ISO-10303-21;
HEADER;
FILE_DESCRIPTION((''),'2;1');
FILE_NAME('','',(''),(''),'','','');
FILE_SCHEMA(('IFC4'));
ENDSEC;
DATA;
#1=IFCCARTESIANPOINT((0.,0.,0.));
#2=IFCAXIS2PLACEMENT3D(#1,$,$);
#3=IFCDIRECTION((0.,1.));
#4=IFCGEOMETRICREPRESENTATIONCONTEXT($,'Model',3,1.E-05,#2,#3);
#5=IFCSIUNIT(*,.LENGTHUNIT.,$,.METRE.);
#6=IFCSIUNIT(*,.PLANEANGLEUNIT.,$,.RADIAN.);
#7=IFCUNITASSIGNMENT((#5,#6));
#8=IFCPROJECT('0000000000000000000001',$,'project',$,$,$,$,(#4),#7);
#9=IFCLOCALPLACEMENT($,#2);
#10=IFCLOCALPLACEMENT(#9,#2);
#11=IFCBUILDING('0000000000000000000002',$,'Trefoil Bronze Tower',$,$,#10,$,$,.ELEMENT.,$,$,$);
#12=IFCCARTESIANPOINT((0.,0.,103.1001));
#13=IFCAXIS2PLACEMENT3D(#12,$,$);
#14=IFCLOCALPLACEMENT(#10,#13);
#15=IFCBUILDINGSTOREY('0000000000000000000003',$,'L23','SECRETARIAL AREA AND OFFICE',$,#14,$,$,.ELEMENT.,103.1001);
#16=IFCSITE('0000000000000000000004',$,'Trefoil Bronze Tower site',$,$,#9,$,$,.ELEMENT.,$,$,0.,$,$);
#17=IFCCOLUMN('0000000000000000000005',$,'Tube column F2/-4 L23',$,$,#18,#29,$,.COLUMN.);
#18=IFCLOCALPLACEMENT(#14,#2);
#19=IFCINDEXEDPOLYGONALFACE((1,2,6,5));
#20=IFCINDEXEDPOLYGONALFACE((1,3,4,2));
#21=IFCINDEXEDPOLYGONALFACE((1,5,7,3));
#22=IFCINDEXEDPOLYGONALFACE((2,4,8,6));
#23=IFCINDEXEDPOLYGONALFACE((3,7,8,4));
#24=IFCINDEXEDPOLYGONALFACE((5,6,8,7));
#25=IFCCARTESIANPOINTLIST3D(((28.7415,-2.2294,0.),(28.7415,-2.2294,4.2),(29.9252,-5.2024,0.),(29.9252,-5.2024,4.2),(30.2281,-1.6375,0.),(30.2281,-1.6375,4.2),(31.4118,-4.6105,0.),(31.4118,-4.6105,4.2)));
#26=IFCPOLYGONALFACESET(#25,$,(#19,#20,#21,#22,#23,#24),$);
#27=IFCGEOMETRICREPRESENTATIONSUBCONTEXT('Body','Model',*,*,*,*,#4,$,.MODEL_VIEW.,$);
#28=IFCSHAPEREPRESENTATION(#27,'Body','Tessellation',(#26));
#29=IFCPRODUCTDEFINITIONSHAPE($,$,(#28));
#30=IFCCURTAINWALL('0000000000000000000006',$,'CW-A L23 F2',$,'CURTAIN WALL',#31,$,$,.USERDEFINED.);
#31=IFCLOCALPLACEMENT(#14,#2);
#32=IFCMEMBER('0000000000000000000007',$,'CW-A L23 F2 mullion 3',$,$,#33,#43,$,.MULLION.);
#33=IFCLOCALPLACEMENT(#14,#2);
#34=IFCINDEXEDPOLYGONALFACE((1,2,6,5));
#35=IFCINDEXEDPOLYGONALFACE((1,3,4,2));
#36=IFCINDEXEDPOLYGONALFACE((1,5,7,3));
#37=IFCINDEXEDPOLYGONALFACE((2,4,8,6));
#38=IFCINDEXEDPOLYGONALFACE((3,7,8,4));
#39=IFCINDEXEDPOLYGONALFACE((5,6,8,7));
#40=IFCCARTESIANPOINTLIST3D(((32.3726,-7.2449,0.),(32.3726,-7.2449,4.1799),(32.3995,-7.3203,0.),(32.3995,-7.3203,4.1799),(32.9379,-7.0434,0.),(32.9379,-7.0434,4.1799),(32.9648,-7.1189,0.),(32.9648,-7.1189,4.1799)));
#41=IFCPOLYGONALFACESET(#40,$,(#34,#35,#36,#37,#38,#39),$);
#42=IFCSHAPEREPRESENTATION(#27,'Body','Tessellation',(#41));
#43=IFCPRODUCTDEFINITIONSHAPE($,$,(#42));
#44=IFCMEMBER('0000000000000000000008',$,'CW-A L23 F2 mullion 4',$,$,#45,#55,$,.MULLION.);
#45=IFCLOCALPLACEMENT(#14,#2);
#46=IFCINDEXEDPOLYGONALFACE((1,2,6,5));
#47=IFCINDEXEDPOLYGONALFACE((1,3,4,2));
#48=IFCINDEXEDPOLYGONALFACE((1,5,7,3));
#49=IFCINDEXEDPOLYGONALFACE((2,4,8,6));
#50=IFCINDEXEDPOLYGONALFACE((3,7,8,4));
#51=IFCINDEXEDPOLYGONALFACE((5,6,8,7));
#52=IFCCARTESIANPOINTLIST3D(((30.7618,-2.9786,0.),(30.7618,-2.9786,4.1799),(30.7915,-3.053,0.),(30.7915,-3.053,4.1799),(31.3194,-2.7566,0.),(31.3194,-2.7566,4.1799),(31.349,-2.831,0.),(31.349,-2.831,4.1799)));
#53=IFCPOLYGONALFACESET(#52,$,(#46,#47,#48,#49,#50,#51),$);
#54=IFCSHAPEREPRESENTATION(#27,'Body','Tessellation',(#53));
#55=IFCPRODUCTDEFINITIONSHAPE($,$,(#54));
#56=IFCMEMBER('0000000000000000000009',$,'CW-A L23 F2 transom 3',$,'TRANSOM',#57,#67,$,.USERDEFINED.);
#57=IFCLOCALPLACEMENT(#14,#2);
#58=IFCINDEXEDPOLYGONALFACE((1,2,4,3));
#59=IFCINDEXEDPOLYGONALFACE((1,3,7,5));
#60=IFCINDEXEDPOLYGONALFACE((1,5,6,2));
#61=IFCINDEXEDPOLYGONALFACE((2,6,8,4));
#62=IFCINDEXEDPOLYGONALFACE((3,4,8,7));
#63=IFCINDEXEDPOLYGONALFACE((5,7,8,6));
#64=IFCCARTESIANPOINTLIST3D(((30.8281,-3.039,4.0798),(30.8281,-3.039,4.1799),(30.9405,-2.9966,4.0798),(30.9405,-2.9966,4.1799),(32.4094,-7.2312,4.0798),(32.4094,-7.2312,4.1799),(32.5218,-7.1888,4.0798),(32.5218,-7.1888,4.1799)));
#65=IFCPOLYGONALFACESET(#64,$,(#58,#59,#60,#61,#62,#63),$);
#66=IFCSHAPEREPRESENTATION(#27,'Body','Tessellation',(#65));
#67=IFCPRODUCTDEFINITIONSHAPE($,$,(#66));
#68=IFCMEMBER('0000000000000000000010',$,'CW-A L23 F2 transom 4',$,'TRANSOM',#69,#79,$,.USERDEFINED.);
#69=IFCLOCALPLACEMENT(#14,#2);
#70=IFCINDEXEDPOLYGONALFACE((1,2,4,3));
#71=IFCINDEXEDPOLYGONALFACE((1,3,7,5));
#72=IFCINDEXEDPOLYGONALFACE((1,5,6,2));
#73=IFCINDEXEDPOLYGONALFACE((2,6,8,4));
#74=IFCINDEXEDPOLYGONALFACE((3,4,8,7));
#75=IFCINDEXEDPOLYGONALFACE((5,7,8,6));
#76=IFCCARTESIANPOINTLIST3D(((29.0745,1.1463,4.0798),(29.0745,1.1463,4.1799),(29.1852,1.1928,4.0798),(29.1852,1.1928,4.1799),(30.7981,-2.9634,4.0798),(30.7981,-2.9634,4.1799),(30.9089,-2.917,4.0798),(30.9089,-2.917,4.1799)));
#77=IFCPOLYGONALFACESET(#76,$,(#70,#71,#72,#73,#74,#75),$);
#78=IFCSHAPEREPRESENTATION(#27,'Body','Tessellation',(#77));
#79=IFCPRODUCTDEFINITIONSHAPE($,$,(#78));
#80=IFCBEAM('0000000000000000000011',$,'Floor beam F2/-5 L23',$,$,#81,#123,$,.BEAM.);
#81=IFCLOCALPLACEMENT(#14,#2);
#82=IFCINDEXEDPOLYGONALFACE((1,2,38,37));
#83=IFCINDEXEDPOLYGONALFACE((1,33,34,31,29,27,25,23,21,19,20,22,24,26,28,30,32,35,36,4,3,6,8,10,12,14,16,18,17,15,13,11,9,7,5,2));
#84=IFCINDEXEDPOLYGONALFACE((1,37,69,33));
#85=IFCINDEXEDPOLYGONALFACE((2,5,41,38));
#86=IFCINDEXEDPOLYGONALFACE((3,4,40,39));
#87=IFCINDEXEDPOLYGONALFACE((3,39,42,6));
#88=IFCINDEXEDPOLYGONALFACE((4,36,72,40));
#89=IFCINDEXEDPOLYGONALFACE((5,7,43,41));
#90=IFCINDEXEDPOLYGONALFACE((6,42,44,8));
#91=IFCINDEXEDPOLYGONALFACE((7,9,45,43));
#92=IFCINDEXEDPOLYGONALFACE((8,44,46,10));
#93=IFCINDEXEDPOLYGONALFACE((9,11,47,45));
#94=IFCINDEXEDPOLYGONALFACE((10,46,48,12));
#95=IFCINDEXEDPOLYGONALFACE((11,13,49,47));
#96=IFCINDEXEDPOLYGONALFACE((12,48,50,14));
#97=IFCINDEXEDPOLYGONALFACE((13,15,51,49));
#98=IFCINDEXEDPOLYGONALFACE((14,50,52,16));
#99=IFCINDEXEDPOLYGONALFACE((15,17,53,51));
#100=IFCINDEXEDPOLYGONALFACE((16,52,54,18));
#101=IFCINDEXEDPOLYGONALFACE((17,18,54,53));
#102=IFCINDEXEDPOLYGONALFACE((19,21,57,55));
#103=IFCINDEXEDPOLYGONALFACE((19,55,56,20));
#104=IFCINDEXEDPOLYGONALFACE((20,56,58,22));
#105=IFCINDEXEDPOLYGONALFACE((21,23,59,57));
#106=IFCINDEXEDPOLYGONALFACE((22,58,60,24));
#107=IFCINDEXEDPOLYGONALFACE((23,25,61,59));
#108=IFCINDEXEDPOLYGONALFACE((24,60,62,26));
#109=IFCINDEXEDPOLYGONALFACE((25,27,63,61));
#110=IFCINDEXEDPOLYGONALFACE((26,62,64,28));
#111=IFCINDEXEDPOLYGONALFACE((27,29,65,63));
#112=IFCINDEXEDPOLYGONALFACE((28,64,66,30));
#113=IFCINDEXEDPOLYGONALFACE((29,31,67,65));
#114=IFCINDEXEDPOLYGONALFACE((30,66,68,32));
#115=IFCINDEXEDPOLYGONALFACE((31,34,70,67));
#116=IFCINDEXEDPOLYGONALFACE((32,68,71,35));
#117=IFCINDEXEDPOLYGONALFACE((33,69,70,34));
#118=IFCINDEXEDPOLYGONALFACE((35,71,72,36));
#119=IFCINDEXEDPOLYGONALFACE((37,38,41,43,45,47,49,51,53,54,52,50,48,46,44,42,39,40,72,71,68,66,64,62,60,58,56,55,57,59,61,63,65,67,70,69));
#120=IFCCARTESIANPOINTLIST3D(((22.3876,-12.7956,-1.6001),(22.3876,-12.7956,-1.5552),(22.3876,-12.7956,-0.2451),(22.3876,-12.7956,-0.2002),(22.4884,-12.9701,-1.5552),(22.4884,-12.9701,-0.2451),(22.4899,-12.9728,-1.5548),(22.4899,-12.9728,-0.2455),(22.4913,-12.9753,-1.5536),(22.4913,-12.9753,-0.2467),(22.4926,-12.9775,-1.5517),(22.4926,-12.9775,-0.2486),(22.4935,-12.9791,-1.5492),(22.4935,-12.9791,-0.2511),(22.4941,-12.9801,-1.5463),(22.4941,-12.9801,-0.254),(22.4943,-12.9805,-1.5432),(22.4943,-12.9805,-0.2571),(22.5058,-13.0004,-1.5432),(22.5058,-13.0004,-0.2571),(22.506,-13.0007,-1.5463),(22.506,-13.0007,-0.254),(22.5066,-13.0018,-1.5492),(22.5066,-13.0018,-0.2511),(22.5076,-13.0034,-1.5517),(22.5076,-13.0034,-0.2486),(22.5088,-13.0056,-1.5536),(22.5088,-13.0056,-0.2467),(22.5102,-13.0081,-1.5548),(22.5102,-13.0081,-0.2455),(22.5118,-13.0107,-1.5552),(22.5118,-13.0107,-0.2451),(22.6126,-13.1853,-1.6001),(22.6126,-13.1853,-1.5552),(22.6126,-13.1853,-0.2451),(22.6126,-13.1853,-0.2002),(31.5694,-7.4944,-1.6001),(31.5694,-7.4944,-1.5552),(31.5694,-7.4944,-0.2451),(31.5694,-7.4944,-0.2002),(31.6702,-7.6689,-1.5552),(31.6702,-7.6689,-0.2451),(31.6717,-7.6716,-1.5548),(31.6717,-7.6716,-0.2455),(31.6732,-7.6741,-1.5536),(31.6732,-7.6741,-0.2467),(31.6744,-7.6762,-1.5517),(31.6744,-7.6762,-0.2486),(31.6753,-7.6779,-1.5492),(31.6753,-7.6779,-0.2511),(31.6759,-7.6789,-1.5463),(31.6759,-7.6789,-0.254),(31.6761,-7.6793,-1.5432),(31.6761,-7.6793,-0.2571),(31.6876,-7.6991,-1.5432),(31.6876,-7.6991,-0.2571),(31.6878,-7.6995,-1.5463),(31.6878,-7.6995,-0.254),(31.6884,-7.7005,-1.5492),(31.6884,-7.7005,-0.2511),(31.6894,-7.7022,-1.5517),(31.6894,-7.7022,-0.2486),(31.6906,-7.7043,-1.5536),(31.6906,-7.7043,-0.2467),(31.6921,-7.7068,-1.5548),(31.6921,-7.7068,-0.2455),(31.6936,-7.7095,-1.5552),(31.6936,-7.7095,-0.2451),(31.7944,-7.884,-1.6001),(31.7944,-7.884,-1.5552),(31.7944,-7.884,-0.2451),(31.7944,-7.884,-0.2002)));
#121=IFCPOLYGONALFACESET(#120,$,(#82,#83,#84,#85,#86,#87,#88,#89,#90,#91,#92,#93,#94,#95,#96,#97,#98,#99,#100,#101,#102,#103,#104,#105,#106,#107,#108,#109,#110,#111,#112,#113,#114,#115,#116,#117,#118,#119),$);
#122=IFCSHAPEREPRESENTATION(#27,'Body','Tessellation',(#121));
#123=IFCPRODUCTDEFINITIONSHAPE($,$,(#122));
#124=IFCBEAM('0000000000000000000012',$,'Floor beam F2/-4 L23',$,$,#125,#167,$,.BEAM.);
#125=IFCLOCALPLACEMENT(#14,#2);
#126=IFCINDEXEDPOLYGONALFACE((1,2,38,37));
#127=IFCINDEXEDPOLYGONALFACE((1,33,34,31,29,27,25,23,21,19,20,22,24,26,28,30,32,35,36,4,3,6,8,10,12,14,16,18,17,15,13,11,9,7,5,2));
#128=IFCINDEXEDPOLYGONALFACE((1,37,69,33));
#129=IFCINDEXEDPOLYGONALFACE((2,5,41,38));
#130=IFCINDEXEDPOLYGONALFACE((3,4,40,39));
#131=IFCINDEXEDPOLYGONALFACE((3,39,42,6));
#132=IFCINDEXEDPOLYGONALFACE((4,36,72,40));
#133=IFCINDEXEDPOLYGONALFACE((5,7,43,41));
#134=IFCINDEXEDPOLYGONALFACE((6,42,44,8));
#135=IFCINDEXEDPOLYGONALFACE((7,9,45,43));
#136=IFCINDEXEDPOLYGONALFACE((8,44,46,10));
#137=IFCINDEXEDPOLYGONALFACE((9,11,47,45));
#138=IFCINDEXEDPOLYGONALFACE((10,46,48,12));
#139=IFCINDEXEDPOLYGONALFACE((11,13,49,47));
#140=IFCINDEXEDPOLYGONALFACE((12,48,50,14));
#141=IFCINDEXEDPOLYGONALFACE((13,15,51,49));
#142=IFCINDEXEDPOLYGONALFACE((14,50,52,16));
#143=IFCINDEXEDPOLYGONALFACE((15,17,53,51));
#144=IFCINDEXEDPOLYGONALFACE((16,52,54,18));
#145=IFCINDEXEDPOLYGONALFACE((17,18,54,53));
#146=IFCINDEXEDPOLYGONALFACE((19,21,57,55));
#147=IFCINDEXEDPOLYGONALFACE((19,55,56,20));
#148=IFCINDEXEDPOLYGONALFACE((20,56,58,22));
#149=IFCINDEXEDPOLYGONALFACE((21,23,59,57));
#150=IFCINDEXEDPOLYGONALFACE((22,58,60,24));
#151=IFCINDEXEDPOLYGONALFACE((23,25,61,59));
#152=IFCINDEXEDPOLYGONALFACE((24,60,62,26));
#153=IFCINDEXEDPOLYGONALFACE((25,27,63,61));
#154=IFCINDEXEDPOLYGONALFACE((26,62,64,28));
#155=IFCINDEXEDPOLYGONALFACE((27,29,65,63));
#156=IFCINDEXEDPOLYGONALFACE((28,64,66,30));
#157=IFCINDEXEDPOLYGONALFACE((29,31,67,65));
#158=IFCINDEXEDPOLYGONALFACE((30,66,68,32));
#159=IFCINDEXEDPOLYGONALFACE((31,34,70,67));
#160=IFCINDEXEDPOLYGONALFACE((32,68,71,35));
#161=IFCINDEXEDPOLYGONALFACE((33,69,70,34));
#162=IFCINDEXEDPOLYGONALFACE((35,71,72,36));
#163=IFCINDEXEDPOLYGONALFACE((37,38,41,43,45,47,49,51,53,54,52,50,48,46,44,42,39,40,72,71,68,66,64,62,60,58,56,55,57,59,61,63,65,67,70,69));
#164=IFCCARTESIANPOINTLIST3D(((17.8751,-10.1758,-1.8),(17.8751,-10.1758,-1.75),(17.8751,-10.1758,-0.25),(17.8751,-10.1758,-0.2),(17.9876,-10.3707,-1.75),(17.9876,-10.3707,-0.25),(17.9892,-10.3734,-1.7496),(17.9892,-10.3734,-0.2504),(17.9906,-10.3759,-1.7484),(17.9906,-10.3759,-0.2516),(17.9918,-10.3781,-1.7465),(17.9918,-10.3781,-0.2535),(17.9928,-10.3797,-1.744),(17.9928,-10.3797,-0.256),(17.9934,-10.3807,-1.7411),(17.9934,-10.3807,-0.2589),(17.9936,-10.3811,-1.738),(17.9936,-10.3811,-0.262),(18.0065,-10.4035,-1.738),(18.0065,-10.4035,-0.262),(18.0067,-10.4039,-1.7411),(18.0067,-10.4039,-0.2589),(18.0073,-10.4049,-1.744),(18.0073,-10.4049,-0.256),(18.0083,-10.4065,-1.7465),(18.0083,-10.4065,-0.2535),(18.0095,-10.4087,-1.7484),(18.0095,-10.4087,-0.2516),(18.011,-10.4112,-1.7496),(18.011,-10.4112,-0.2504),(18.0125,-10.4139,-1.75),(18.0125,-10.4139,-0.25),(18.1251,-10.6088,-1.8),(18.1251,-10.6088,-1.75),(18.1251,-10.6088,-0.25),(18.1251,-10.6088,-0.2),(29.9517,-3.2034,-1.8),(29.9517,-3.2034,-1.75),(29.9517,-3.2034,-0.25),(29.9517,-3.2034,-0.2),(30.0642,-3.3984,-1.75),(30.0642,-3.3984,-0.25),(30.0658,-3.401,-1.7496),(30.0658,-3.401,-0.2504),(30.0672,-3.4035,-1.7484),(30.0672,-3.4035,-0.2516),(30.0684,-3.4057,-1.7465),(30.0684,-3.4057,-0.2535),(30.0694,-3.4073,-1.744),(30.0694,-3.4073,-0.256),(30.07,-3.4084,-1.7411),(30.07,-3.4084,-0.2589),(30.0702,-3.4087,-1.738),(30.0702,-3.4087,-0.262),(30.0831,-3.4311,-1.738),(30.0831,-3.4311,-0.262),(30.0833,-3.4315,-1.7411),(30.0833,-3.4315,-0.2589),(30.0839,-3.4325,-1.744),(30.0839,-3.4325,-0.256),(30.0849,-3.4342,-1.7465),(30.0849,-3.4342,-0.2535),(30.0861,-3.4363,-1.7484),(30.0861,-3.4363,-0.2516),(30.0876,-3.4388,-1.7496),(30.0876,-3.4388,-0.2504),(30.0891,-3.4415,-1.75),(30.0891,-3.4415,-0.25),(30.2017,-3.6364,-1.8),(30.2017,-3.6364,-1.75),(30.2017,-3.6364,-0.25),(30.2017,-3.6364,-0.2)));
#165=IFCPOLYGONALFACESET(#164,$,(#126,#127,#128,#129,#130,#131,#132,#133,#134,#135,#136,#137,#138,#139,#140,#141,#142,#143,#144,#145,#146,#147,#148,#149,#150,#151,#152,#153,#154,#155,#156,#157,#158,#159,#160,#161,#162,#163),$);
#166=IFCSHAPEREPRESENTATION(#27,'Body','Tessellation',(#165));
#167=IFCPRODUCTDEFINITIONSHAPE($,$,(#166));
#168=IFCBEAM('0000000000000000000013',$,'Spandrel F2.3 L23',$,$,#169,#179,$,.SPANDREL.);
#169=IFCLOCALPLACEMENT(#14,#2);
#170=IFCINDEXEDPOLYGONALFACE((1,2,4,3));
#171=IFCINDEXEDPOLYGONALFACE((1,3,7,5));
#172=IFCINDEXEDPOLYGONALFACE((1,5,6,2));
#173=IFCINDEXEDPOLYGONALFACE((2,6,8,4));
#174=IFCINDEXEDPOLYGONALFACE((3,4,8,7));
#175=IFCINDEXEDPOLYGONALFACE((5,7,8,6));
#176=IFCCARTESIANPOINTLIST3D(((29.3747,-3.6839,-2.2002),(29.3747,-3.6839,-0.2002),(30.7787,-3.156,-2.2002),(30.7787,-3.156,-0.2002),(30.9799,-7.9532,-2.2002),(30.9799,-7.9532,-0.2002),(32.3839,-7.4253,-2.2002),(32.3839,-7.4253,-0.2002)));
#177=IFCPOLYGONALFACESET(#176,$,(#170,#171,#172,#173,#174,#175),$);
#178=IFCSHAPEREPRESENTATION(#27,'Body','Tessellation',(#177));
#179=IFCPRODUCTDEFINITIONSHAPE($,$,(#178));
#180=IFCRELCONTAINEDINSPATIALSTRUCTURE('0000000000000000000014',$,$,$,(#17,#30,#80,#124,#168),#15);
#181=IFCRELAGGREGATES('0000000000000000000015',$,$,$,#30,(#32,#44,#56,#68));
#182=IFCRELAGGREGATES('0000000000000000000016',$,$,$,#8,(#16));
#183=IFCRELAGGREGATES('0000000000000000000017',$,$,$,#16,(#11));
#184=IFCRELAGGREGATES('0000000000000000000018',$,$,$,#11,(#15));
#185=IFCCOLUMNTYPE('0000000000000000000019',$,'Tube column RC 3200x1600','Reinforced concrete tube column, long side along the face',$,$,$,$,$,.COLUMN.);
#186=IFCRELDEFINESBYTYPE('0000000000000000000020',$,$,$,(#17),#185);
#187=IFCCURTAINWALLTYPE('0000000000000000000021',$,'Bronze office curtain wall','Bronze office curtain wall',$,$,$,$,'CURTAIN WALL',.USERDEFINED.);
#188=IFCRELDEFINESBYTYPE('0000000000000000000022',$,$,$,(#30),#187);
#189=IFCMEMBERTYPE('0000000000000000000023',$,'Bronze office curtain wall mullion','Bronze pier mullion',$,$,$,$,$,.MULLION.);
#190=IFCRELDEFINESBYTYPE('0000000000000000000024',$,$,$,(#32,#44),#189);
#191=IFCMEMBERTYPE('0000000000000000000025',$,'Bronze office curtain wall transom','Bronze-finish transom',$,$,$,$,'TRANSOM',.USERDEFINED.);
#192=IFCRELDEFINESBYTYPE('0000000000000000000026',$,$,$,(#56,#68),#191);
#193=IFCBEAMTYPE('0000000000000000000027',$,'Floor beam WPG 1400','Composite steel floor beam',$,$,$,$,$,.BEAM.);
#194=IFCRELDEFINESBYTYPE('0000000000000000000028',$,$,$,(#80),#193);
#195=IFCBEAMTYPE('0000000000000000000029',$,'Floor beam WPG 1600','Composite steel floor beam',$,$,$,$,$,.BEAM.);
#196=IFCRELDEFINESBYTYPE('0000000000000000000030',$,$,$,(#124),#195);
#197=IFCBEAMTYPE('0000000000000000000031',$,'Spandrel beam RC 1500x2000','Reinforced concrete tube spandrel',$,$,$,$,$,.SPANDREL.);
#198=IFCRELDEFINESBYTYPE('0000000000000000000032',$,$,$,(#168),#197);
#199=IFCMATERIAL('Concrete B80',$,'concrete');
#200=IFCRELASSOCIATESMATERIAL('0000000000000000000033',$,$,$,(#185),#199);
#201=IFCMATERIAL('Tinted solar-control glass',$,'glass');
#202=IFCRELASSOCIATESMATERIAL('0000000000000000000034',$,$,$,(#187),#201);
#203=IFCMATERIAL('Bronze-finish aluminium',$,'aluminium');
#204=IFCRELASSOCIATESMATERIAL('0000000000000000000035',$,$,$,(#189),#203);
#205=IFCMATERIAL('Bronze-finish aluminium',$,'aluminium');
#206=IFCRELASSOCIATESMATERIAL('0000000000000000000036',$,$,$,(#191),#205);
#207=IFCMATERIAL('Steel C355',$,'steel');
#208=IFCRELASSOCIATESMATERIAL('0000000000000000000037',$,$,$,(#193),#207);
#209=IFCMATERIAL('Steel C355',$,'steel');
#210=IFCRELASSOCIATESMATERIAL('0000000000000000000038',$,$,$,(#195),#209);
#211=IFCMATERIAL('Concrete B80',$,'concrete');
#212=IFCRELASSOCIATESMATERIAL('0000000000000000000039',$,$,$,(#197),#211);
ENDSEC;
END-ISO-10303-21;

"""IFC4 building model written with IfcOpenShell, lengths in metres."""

from ifc_helpers import new_model, si_unit, direction, frame, origin, origin_2d, place, context, subcontext, project, spatial, rectangle, i_section, extrude, material, material_profile, profile_set, type_object, element, aggregate, save


model = new_model("IFC4")

# Units and contexts
model_context = context("Model", 3, precision=1e-05, world=origin(), true_north=direction((0.0, 1.0)))
body_context = subcontext(model_context, "Body", "Model", "MODEL_VIEW")
ifc_project = project(units=[si_unit("LENGTHUNIT", "METRE"), si_unit("PLANEANGLEUNIT", "RADIAN")], contexts=[model_context])

# Site, building, storey
site_placement = place(None, origin())
site = spatial("IfcSite", under=ifc_project, at=site_placement, Name="Trefoil Bronze Tower site", CompositionType="ELEMENT", RefElevation=0.0)
building_placement = place(site_placement, origin())
building = spatial("IfcBuilding", under=site, at=building_placement, Name="Trefoil Bronze Tower", CompositionType="ELEMENT")
storey_placement = place(building_placement, frame((0.0, 0.0, 103.1001)))
storey = spatial("IfcBuildingStorey", under=building, at=storey_placement, Name="L23", Description="SECRETARIAL AREA AND OFFICE", CompositionType="ELEMENT", Elevation=103.1001)

# Column
ifc_material_1 = material(Name="Concrete B80", Category="concrete")
ifc_material_profile_1 = material_profile(ifc_material_1, rectangle(XDim=3.2, YDim=1.6001, at=origin_2d()), Name="RC 3200x1600")
ifc_profile_set_1 = profile_set([ifc_material_profile_1], Name="Concrete B80")
column_type = type_object("IfcColumnType", Name="Tube column RC 3200x1600", Description="Reinforced concrete tube column, long side along the face", PredefinedType="COLUMN", material=ifc_profile_set_1)
column_placement = place(storey_placement, frame((30.0767, -3.4199, 0.0), z_axis=(0.0, 0.0, 1.0), x_axis=(-0.369901, 0.929071, 0.0)))
element("IfcColumn", 1, at=column_placement, inside=storey, type_object=column_type, Name="Tube column F2/-4 L23", PredefinedType="COLUMN", context=body_context, shape_type="SweptSolid", body=[
    extrude(rectangle(XDim=3.2, YDim=1.6001, at=origin_2d()), origin(), (0.0, 0.0, 1.0), 4.2),
])

# Curtain wall, members
ifc_material_2 = material(Name="Tinted solar-control glass", Category="glass")
curtain_wall_type = type_object("IfcCurtainWallType", Name="Bronze office curtain wall", Description="Bronze office curtain wall", ElementType="CURTAIN WALL", PredefinedType="USERDEFINED", material=ifc_material_2)
curtain_wall_placement = place(storey_placement, origin())
curtain_wall = element("IfcCurtainWall", 2, at=curtain_wall_placement, inside=storey, type_object=curtain_wall_type, Name="CW-A L23 F2", ObjectType="CURTAIN WALL", PredefinedType="USERDEFINED")
ifc_material_3 = material(Name="Bronze-finish aluminium", Category="aluminium")
ifc_material_profile_2 = material_profile(ifc_material_3, rectangle(XDim=0.6001, YDim=0.0801, at=origin_2d()), Name="CW-A mullion")
ifc_profile_set_2 = profile_set([ifc_material_profile_2], Name="Bronze-finish aluminium")
member_type_1 = type_object("IfcMemberType", Name="Bronze office curtain wall mullion", Description="Bronze pier mullion", PredefinedType="MULLION", material=ifc_profile_set_2)
member_1_placement = place(storey_placement, frame((32.6687, -7.1819, 0.0), z_axis=(0.0, 0.0, 1.0), x_axis=(-0.941963, -0.335718, 0.0)))
member_1 = element("IfcMember", 3, at=member_1_placement, type_object=member_type_1, Name="CW-A L23 F2 mullion 3", PredefinedType="MULLION", context=body_context, shape_type="SweptSolid", body=[
    extrude(rectangle(XDim=0.6001, YDim=0.0801, at=origin_2d()), origin(), (0.0, 0.0, 1.0), 4.1799),
])
member_2_placement = place(storey_placement, frame((31.0554, -2.9048, 0.0), z_axis=(0.0, 0.0, 1.0), x_axis=(-0.929071, -0.369901, 0.0)))
member_2 = element("IfcMember", 4, at=member_2_placement, type_object=member_type_1, Name="CW-A L23 F2 mullion 4", PredefinedType="MULLION", context=body_context, shape_type="SweptSolid", body=[
    extrude(rectangle(XDim=0.6001, YDim=0.0801, at=origin_2d()), origin(), (0.0, 0.0, 1.0), 4.1799),
])
ifc_material_4 = material(Name="Bronze-finish aluminium", Category="aluminium")
ifc_material_profile_3 = material_profile(ifc_material_4, rectangle(XDim=0.1201, YDim=0.1001, at=origin_2d()), Name="CW-A transom")
ifc_profile_set_3 = profile_set([ifc_material_profile_3], Name="Bronze-finish aluminium")
member_type_2 = type_object("IfcMemberType", Name="Bronze office curtain wall transom", Description="Bronze-finish transom", ElementType="TRANSOM", PredefinedType="USERDEFINED", material=ifc_profile_set_3)
member_3_placement = place(storey_placement, frame((32.4656, -7.21, 4.1299), z_axis=(-0.352932, 0.935649, 0.0), x_axis=(-0.935649, -0.352932, 0.0)))
member_3 = element("IfcMember", 5, at=member_3_placement, type_object=member_type_2, Name="CW-A L23 F2 transom 3", ObjectType="TRANSOM", PredefinedType="USERDEFINED", context=body_context, shape_type="SweptSolid", body=[
    extrude(rectangle(XDim=0.1201, YDim=0.1001, at=origin_2d()), origin(), (0.0, 0.0, 1.0), 4.4805),
])
member_4_placement = place(storey_placement, frame((30.8535, -2.9402, 4.1299), z_axis=(-0.386773, 0.922175, 0.0), x_axis=(-0.922175, -0.386773, 0.0)))
member_4 = element("IfcMember", 6, at=member_4_placement, type_object=member_type_2, Name="CW-A L23 F2 transom 4", ObjectType="TRANSOM", PredefinedType="USERDEFINED", context=body_context, shape_type="SweptSolid", body=[
    extrude(rectangle(XDim=0.1201, YDim=0.1001, at=origin_2d()), origin(), (0.0, 0.0, 1.0), 4.4565),
])

# Beams
ifc_material_5 = material(Name="Steel C355", Category="steel")
ifc_material_profile_4 = material_profile(ifc_material_5, i_section(OverallWidth=0.45, OverallDepth=1.3999, WebThickness=0.0229, FlangeThickness=0.0449, FilletRadius=0.012, at=origin_2d()), Name="WPG 1400")
ifc_profile_set_4 = profile_set([ifc_material_profile_4], Name="Steel C355")
beam_type_1 = type_object("IfcBeamType", Name="Floor beam WPG 1400", Description="Composite steel floor beam", PredefinedType="BEAM", material=ifc_profile_set_4)
beam_1_placement = place(storey_placement, frame((31.6819, -7.6892, -0.9001), z_axis=(-0.866021, -0.500007, 0.0), x_axis=(0.500007, -0.866021, 0.0)))
element("IfcBeam", 7, at=beam_1_placement, inside=storey, type_object=beam_type_1, Name="Floor beam F2/-5 L23", PredefinedType="BEAM", context=body_context, shape_type="SweptSolid", body=[
    extrude(i_section(OverallWidth=0.45, OverallDepth=1.3999, WebThickness=0.0229, FlangeThickness=0.0449, FilletRadius=0.012, at=origin_2d()), origin(), (0.0, 0.0, 1.0), 10.6023),
])
ifc_material_6 = material(Name="Steel C355", Category="steel")
ifc_material_profile_5 = material_profile(ifc_material_6, i_section(OverallWidth=0.5, OverallDepth=1.6001, WebThickness=0.0259, FlangeThickness=0.05, FilletRadius=0.012, at=origin_2d()), Name="WPG 1600")
ifc_profile_set_5 = profile_set([ifc_material_profile_5], Name="Steel C355")
beam_type_2 = type_object("IfcBeamType", Name="Floor beam WPG 1600", Description="Composite steel floor beam", PredefinedType="BEAM", material=ifc_profile_set_5)
beam_2_placement = place(storey_placement, frame((30.0767, -3.4199, -1.0), z_axis=(-0.866027, -0.499997, 0.0), x_axis=(0.499997, -0.866027, 0.0)))
element("IfcBeam", 8, at=beam_2_placement, inside=storey, type_object=beam_type_2, Name="Floor beam F2/-4 L23", PredefinedType="BEAM", context=body_context, shape_type="SweptSolid", body=[
    extrude(i_section(OverallWidth=0.5, OverallDepth=1.6001, WebThickness=0.0259, FlangeThickness=0.05, FilletRadius=0.012, at=origin_2d()), origin(), (0.0, 0.0, 1.0), 13.9448),
])
ifc_material_7 = material(Name="Concrete B80", Category="concrete")
ifc_material_profile_6 = material_profile(ifc_material_7, rectangle(XDim=1.5, YDim=2.0, at=origin_2d()), Name="RC 1500x2000")
ifc_profile_set_6 = profile_set([ifc_material_profile_6], Name="Concrete B80")
beam_type_3 = type_object("IfcBeamType", Name="Spandrel beam RC 1500x2000", Description="Reinforced concrete tube spandrel", PredefinedType="SPANDREL", material=ifc_profile_set_6)
beam_3_placement = place(storey_placement, frame((31.6819, -7.6892, -1.2002), z_axis=(-0.351939, 0.936023, 0.0), x_axis=(-0.936023, -0.351939, 0.0)))
element("IfcBeam", 9, at=beam_3_placement, inside=storey, type_object=beam_type_3, Name="Spandrel F2.3 L23", PredefinedType="SPANDREL", context=body_context, shape_type="SweptSolid", body=[
    extrude(rectangle(XDim=1.5, YDim=2.0, at=origin_2d()), origin(), (0.0, 0.0, 1.0), 4.561),
])

aggregate(curtain_wall, [member_1, member_2, member_3, member_4])

save(model, "model.ifc")
